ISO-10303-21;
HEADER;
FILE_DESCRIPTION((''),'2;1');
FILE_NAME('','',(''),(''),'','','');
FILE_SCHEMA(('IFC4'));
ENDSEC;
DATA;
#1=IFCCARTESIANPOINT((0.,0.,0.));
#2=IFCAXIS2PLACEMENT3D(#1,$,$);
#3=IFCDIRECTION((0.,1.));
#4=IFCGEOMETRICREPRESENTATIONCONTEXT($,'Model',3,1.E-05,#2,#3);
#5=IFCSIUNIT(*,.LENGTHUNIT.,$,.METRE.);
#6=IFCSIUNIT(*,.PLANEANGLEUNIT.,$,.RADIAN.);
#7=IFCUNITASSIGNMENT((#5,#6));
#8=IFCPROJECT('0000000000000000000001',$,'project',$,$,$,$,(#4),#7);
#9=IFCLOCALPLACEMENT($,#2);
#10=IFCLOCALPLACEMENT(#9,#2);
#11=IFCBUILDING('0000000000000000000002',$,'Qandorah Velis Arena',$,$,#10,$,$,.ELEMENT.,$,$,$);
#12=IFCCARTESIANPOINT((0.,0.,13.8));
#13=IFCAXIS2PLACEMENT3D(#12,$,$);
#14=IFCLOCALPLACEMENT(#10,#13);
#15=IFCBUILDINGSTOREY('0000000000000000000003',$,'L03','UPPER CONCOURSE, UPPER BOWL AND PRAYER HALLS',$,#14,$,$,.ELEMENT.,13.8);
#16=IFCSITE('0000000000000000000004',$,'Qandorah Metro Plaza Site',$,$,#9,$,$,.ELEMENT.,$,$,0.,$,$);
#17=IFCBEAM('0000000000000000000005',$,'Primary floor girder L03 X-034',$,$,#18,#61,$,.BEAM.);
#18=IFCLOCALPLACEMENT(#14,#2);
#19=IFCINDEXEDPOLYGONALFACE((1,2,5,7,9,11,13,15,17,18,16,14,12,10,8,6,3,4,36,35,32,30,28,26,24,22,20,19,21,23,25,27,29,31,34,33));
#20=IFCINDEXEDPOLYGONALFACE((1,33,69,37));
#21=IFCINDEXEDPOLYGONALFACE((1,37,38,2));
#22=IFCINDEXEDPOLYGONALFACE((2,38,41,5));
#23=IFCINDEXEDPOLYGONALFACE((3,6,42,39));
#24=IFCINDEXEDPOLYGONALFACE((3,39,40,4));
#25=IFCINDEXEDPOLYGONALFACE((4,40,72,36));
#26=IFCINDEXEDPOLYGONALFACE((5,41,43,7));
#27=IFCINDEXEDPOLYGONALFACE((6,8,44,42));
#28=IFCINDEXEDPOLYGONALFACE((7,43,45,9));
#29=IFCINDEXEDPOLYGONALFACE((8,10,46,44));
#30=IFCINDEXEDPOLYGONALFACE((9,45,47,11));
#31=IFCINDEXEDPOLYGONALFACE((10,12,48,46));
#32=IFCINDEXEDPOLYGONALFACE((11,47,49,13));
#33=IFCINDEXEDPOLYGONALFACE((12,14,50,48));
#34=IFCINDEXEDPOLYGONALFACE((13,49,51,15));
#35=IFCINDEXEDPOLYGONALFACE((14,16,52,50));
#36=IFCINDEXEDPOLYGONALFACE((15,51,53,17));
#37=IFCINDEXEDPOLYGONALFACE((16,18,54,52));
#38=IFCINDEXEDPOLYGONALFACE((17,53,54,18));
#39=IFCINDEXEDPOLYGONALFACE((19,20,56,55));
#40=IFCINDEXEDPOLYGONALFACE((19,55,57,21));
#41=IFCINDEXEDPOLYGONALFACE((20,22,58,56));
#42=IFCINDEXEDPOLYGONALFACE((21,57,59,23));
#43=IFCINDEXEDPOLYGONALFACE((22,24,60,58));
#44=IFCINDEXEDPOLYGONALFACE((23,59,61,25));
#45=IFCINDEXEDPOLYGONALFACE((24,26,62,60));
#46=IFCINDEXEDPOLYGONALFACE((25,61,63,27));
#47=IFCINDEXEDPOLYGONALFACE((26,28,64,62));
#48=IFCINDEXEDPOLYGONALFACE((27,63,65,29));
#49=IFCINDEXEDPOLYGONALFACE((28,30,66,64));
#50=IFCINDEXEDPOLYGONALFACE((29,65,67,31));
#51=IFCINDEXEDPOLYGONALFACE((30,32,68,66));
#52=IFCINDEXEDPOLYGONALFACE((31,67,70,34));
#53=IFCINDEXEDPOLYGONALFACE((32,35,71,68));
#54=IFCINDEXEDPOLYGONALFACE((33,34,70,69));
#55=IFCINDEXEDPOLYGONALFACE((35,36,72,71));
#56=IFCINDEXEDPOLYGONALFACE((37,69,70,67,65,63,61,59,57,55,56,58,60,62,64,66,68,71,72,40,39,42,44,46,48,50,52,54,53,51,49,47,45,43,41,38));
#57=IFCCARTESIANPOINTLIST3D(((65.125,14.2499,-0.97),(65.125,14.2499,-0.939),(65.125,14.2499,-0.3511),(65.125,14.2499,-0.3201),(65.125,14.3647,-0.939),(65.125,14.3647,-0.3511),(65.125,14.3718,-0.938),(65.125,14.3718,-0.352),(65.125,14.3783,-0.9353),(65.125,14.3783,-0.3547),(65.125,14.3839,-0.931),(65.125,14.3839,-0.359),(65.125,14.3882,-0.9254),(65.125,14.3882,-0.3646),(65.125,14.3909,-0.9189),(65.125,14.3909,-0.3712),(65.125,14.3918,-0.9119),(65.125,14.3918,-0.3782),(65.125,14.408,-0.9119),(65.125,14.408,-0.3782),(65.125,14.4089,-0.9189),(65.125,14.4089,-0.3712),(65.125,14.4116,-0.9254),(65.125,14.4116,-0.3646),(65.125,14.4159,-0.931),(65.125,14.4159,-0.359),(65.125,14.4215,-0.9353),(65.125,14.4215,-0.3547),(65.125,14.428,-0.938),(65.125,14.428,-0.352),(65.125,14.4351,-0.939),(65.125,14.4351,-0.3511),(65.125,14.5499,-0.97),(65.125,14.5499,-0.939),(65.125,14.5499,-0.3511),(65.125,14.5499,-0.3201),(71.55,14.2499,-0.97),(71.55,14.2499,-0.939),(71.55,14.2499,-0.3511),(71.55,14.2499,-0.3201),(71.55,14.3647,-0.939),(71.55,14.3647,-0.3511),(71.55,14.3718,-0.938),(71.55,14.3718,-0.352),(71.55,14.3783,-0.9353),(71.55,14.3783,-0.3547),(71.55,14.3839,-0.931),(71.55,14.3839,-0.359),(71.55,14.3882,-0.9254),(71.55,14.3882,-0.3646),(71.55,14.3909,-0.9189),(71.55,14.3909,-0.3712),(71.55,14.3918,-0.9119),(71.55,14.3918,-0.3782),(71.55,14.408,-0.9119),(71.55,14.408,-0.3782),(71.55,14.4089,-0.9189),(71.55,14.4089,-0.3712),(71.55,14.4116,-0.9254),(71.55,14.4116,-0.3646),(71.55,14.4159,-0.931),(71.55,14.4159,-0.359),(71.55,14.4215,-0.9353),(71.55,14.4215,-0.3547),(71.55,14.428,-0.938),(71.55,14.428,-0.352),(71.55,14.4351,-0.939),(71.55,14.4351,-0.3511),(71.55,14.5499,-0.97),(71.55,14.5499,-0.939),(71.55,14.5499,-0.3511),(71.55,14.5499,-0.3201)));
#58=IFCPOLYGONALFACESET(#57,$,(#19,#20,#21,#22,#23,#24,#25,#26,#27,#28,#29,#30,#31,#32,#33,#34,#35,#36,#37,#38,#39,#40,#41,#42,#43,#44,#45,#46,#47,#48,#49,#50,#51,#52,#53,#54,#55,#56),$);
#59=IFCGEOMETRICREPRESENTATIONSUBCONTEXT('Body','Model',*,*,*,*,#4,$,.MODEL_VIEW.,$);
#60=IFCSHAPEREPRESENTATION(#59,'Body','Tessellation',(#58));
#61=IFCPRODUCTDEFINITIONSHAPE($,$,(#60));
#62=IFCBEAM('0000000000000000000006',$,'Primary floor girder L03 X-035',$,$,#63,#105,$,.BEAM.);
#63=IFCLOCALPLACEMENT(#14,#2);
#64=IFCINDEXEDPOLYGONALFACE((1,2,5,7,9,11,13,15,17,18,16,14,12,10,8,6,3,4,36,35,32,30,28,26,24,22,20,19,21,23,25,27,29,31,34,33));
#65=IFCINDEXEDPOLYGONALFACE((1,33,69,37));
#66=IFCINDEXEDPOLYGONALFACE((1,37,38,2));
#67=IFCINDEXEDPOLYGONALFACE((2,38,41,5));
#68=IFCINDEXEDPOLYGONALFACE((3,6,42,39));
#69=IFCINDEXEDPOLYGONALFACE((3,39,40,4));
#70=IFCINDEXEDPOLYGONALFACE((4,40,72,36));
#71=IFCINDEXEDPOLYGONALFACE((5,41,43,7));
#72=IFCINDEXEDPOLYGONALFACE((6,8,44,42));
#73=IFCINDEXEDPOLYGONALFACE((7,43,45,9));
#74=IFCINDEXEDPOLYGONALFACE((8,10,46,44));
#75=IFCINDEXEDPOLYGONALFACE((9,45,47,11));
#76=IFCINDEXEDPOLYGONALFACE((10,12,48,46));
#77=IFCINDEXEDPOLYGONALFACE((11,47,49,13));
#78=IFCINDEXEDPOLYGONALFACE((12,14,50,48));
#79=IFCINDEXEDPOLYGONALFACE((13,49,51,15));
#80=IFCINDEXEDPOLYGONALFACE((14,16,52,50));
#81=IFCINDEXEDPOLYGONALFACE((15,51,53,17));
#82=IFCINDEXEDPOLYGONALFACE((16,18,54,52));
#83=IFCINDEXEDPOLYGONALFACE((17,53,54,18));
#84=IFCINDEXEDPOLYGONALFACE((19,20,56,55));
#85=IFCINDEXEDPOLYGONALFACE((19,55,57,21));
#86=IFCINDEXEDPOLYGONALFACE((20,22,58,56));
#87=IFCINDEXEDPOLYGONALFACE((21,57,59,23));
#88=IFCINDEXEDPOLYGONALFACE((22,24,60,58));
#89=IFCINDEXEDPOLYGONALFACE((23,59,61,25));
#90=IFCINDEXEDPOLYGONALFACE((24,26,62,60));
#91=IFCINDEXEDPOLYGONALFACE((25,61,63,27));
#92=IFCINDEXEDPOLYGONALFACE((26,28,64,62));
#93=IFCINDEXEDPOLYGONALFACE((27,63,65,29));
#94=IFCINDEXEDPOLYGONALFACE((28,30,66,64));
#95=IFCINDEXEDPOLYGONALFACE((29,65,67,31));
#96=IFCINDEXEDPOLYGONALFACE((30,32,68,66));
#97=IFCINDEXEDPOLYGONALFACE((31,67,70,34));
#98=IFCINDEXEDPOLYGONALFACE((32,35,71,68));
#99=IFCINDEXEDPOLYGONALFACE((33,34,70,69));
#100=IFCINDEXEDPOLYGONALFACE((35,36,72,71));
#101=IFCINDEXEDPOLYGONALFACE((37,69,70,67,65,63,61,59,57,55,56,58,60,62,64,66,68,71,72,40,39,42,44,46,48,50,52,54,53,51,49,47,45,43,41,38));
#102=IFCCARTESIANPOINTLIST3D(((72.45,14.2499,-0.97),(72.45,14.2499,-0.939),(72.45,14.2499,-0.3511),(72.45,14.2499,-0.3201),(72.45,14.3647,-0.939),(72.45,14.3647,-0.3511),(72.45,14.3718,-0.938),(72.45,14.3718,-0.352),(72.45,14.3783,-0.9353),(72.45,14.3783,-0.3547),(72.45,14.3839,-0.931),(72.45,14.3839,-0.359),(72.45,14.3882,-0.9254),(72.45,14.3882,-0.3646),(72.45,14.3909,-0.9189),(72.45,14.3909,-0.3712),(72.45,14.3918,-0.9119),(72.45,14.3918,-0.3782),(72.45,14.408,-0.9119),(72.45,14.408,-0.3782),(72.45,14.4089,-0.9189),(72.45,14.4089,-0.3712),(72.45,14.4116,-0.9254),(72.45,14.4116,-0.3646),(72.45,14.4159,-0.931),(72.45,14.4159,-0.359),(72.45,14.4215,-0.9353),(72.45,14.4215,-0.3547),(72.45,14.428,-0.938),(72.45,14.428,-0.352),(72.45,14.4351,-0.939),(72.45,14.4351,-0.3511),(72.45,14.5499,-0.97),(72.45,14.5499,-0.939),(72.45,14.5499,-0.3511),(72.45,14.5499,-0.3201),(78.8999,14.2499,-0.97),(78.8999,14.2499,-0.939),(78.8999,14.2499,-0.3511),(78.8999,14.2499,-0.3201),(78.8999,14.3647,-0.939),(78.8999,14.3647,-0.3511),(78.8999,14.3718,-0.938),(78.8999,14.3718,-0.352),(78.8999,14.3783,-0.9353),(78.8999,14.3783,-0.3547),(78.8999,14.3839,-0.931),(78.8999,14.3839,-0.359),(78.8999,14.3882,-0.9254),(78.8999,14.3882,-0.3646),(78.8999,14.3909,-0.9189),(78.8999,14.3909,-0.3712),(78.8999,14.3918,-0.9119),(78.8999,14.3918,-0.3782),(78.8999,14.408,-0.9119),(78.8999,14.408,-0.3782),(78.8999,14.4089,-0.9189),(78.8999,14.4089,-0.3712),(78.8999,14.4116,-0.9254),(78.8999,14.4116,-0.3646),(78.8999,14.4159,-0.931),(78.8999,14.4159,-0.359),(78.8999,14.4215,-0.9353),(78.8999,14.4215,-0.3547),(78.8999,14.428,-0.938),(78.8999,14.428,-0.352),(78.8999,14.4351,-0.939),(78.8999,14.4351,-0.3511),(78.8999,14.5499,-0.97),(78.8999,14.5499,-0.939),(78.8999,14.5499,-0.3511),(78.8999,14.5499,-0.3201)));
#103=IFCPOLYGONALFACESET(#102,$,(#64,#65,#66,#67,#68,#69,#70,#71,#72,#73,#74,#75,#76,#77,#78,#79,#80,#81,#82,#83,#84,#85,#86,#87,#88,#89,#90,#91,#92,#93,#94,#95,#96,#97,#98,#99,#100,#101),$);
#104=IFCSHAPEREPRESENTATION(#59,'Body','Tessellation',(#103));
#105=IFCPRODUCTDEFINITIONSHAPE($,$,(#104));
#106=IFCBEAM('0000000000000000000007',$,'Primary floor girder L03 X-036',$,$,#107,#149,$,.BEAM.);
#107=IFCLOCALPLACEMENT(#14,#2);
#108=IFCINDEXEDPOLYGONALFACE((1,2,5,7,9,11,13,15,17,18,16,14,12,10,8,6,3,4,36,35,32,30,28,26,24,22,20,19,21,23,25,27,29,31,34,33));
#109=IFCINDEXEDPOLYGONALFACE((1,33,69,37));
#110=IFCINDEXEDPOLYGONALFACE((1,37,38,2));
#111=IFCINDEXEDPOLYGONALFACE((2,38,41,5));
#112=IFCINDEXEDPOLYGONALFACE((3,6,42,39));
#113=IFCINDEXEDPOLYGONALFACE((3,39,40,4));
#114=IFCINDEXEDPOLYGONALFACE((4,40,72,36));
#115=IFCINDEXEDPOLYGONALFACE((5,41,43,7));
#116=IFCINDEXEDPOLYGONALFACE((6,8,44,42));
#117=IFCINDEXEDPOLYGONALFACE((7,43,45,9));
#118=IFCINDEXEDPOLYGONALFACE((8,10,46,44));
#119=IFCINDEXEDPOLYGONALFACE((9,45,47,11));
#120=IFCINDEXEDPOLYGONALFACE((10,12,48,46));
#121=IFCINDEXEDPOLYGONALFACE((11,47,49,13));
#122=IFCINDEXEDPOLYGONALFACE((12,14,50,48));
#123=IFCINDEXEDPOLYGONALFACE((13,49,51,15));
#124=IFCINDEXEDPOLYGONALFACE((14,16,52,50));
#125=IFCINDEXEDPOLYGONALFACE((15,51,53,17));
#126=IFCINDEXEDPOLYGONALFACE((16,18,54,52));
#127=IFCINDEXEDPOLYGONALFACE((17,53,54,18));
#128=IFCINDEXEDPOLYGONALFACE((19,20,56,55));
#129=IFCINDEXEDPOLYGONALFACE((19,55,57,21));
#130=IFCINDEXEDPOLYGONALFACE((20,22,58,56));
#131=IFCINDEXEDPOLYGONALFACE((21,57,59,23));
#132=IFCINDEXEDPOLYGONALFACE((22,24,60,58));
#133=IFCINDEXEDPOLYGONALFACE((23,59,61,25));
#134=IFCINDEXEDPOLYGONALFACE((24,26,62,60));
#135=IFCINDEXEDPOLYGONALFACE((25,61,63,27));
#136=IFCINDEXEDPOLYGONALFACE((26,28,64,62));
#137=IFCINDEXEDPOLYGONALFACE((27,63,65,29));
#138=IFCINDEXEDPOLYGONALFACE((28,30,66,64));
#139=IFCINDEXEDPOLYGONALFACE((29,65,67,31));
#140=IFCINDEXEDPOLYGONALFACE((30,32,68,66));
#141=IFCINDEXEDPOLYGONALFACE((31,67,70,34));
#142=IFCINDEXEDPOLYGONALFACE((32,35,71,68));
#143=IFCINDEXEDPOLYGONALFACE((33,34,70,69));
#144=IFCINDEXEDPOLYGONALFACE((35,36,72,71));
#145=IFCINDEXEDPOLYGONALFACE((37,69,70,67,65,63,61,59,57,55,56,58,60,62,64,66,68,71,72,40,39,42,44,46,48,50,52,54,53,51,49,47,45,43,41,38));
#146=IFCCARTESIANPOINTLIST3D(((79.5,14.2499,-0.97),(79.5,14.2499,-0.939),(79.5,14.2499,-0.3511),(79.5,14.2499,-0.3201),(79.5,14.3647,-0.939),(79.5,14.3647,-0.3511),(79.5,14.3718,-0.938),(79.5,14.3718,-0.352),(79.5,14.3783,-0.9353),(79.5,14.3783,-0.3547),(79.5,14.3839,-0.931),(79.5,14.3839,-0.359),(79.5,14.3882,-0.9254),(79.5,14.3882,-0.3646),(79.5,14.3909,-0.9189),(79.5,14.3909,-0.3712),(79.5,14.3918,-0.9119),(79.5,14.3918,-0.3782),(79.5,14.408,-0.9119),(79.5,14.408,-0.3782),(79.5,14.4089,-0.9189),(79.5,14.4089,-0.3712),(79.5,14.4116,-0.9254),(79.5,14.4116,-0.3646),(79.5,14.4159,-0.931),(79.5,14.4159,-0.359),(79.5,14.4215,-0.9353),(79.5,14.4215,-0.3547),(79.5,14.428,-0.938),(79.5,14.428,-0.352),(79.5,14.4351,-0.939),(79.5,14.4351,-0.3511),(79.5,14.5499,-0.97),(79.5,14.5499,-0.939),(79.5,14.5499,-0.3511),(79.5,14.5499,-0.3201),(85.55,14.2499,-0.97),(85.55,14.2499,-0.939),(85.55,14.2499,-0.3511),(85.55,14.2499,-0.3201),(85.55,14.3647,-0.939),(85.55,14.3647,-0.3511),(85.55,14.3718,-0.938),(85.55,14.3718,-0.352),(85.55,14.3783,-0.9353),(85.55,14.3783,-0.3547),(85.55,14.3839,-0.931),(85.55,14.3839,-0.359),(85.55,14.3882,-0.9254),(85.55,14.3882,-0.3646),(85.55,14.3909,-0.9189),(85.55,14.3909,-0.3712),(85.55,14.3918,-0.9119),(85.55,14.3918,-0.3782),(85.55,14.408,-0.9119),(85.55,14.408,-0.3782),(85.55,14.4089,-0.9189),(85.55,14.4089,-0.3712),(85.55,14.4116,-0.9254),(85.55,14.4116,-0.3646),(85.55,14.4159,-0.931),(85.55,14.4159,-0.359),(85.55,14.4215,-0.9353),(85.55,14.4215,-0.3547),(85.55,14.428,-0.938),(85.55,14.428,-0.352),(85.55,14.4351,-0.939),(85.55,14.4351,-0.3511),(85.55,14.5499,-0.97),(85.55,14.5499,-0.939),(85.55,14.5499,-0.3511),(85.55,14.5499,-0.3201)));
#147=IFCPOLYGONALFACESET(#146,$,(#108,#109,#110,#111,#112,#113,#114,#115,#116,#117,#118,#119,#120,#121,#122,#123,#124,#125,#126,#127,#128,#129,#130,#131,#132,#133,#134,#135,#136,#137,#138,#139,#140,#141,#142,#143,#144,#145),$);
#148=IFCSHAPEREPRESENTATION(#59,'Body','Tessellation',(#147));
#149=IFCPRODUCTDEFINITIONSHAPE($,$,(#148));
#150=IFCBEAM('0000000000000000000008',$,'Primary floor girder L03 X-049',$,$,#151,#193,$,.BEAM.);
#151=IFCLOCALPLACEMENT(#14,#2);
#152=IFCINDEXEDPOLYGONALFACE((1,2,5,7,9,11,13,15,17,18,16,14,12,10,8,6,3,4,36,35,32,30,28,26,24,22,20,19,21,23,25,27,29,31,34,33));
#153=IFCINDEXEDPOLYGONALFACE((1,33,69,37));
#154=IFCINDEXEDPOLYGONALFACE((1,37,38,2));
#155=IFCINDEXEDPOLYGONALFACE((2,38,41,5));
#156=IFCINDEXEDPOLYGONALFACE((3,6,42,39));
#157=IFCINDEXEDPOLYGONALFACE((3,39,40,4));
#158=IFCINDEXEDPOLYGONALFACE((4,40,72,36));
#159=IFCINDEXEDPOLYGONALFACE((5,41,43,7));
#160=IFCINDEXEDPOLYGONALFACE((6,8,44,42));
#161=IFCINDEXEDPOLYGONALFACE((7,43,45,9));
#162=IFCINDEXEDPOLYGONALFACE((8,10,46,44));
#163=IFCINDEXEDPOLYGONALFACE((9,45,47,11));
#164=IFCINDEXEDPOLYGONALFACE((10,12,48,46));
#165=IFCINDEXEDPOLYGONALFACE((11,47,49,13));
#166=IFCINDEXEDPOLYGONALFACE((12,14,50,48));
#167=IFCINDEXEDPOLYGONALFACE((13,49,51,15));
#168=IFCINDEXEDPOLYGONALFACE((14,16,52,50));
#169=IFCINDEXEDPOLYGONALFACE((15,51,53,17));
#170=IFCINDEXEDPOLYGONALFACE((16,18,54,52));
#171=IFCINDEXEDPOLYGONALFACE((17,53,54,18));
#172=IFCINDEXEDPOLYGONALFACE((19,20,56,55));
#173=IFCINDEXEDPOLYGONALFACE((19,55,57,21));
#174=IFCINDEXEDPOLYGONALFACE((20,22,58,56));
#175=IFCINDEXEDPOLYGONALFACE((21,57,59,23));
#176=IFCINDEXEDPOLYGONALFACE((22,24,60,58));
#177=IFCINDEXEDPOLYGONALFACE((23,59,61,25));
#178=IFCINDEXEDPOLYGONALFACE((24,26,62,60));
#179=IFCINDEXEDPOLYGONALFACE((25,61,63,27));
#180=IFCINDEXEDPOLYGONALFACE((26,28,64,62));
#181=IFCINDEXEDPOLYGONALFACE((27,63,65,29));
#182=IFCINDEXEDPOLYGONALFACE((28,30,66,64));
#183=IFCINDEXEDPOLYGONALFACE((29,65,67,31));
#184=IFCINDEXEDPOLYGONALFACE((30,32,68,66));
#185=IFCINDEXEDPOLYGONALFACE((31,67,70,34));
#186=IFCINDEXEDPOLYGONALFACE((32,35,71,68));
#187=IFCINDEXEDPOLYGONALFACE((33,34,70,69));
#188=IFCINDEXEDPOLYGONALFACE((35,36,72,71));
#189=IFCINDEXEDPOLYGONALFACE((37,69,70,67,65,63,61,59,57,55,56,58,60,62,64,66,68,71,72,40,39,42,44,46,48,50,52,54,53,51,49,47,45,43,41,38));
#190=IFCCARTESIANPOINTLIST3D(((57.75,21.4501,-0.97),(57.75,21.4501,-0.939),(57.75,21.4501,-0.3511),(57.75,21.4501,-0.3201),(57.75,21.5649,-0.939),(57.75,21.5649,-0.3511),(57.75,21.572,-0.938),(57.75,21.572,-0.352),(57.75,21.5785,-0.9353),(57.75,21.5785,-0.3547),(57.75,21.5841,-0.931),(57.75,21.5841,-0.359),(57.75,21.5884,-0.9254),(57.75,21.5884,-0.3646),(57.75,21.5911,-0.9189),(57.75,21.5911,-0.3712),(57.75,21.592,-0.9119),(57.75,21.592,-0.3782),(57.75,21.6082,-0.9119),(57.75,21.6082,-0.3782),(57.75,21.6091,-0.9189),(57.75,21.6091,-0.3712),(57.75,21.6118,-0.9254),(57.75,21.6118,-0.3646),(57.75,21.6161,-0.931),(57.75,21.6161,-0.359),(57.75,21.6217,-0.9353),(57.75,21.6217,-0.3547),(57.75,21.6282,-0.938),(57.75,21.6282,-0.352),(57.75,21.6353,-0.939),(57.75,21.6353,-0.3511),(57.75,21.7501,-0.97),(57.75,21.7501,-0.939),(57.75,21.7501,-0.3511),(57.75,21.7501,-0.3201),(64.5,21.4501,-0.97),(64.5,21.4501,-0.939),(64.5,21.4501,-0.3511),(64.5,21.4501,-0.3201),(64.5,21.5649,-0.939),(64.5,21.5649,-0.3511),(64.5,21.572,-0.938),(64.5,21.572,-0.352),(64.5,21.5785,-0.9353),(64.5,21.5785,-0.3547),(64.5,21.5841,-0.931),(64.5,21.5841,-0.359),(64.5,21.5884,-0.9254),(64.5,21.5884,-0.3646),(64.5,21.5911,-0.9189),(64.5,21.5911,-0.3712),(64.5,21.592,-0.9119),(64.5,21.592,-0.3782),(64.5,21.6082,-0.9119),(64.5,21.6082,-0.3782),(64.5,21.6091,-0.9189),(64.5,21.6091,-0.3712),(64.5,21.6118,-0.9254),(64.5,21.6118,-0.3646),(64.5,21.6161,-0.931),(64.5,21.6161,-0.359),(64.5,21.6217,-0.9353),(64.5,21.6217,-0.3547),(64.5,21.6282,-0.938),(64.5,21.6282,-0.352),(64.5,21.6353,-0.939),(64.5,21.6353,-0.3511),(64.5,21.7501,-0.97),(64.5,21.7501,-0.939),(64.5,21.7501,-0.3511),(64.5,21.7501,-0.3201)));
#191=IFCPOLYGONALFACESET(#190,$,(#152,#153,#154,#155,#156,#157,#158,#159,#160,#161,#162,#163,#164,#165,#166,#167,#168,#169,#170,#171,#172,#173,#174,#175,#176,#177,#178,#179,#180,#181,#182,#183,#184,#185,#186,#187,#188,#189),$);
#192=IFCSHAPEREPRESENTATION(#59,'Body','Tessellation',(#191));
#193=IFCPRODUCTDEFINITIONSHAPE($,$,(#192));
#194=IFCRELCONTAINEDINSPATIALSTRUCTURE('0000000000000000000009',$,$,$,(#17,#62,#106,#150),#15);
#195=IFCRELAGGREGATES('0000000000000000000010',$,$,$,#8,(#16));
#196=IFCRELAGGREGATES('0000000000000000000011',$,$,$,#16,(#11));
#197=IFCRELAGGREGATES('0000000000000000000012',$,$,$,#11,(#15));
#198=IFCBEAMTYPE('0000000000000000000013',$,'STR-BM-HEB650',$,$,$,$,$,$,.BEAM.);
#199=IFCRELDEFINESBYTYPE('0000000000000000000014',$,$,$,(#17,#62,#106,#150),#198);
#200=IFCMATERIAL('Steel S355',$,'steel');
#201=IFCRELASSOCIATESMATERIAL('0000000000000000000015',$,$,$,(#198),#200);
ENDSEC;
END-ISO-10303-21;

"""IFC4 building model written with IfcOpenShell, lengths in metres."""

from ifc_helpers import new_model, si_unit, direction, frame, origin, origin_2d, place, context, subcontext, project, spatial, i_section, extrude, material, material_profile, profile_set, type_object, element, save


model = new_model("IFC4")

# Units and contexts
model_context = context("Model", 3, precision=1e-05, world=origin(), true_north=direction((0.0, 1.0)))
body_context = subcontext(model_context, "Body", "Model", "MODEL_VIEW")
ifc_project = project(units=[si_unit("LENGTHUNIT", "METRE"), si_unit("PLANEANGLEUNIT", "RADIAN")], contexts=[model_context])

# Site, building, storey
site_placement = place(None, origin())
site = spatial("IfcSite", under=ifc_project, at=site_placement, Name="Qandorah Metro Plaza Site", CompositionType="ELEMENT", RefElevation=0.0)
building_placement = place(site_placement, origin())
building = spatial("IfcBuilding", under=site, at=building_placement, Name="Qandorah Velis Arena", CompositionType="ELEMENT")
storey_placement = place(building_placement, frame((0.0, 0.0, 13.8)))
storey = spatial("IfcBuildingStorey", under=building, at=storey_placement, Name="L03", Description="UPPER CONCOURSE, UPPER BOWL AND PRAYER HALLS", CompositionType="ELEMENT", Elevation=13.8)

# Beams
ifc_material_1 = material(Name="Steel S355", Category="steel")
ifc_material_profile_1 = material_profile(ifc_material_1, i_section(OverallWidth=0.3, OverallDepth=0.6499, WebThickness=0.0161, FlangeThickness=0.031, FilletRadius=0.0271, at=origin_2d()), Name="HEB 650")
ifc_profile_set_1 = profile_set([ifc_material_profile_1], Name="Steel S355")
beam_type_1 = type_object("IfcBeamType", Name="STR-BM-HEB650", PredefinedType="BEAM", material=ifc_profile_set_1)
for number, where, z_axis, x_axis, name in (
    (1, (65.125, 14.3999, -0.645), (1.0, 0.0, 0.0), (0.0, 1.0, 0.0), "Primary floor girder L03 X-034"),
):
    element("IfcBeam", number, at=place(storey_placement, frame(where, z_axis=z_axis, x_axis=x_axis)), inside=storey, type_object=beam_type_1, Name=name, PredefinedType="BEAM", context=body_context, shape_type="SweptSolid", body=[
        extrude(i_section(OverallWidth=0.3, OverallDepth=0.6499, WebThickness=0.0161, FlangeThickness=0.031, FilletRadius=0.0271, at=origin_2d()), origin(), (0.0, 0.0, 1.0), 6.425),
    ])
beam_1_placement = place(storey_placement, frame((72.45, 14.3999, -0.645), z_axis=(1.0, 0.0, 0.0), x_axis=(0.0, 1.0, 0.0)))
element("IfcBeam", 2, at=beam_1_placement, inside=storey, type_object=beam_type_1, Name="Primary floor girder L03 X-035", PredefinedType="BEAM", context=body_context, shape_type="SweptSolid", body=[
    extrude(i_section(OverallWidth=0.3, OverallDepth=0.6499, WebThickness=0.0161, FlangeThickness=0.031, FilletRadius=0.0271, at=origin_2d()), origin(), (0.0, 0.0, 1.0), 6.45),
])
beam_2_placement = place(storey_placement, frame((79.5, 14.3999, -0.645), z_axis=(1.0, 0.0, 0.0), x_axis=(0.0, 1.0, 0.0)))
element("IfcBeam", 3, at=beam_2_placement, inside=storey, type_object=beam_type_1, Name="Primary floor girder L03 X-036", PredefinedType="BEAM", context=body_context, shape_type="SweptSolid", body=[
    extrude(i_section(OverallWidth=0.3, OverallDepth=0.6499, WebThickness=0.0161, FlangeThickness=0.031, FilletRadius=0.0271, at=origin_2d()), origin(), (0.0, 0.0, 1.0), 6.05),
])
beam_3_placement = place(storey_placement, frame((57.75, 21.6001, -0.645), z_axis=(1.0, 0.0, 0.0), x_axis=(0.0, 1.0, 0.0)))
element("IfcBeam", 4, at=beam_3_placement, inside=storey, type_object=beam_type_1, Name="Primary floor girder L03 X-049", PredefinedType="BEAM", context=body_context, shape_type="SweptSolid", body=[
    extrude(i_section(OverallWidth=0.3, OverallDepth=0.6499, WebThickness=0.0161, FlangeThickness=0.031, FilletRadius=0.0271, at=origin_2d()), origin(), (0.0, 0.0, 1.0), 6.75),
])

save(model, "model.ifc")
